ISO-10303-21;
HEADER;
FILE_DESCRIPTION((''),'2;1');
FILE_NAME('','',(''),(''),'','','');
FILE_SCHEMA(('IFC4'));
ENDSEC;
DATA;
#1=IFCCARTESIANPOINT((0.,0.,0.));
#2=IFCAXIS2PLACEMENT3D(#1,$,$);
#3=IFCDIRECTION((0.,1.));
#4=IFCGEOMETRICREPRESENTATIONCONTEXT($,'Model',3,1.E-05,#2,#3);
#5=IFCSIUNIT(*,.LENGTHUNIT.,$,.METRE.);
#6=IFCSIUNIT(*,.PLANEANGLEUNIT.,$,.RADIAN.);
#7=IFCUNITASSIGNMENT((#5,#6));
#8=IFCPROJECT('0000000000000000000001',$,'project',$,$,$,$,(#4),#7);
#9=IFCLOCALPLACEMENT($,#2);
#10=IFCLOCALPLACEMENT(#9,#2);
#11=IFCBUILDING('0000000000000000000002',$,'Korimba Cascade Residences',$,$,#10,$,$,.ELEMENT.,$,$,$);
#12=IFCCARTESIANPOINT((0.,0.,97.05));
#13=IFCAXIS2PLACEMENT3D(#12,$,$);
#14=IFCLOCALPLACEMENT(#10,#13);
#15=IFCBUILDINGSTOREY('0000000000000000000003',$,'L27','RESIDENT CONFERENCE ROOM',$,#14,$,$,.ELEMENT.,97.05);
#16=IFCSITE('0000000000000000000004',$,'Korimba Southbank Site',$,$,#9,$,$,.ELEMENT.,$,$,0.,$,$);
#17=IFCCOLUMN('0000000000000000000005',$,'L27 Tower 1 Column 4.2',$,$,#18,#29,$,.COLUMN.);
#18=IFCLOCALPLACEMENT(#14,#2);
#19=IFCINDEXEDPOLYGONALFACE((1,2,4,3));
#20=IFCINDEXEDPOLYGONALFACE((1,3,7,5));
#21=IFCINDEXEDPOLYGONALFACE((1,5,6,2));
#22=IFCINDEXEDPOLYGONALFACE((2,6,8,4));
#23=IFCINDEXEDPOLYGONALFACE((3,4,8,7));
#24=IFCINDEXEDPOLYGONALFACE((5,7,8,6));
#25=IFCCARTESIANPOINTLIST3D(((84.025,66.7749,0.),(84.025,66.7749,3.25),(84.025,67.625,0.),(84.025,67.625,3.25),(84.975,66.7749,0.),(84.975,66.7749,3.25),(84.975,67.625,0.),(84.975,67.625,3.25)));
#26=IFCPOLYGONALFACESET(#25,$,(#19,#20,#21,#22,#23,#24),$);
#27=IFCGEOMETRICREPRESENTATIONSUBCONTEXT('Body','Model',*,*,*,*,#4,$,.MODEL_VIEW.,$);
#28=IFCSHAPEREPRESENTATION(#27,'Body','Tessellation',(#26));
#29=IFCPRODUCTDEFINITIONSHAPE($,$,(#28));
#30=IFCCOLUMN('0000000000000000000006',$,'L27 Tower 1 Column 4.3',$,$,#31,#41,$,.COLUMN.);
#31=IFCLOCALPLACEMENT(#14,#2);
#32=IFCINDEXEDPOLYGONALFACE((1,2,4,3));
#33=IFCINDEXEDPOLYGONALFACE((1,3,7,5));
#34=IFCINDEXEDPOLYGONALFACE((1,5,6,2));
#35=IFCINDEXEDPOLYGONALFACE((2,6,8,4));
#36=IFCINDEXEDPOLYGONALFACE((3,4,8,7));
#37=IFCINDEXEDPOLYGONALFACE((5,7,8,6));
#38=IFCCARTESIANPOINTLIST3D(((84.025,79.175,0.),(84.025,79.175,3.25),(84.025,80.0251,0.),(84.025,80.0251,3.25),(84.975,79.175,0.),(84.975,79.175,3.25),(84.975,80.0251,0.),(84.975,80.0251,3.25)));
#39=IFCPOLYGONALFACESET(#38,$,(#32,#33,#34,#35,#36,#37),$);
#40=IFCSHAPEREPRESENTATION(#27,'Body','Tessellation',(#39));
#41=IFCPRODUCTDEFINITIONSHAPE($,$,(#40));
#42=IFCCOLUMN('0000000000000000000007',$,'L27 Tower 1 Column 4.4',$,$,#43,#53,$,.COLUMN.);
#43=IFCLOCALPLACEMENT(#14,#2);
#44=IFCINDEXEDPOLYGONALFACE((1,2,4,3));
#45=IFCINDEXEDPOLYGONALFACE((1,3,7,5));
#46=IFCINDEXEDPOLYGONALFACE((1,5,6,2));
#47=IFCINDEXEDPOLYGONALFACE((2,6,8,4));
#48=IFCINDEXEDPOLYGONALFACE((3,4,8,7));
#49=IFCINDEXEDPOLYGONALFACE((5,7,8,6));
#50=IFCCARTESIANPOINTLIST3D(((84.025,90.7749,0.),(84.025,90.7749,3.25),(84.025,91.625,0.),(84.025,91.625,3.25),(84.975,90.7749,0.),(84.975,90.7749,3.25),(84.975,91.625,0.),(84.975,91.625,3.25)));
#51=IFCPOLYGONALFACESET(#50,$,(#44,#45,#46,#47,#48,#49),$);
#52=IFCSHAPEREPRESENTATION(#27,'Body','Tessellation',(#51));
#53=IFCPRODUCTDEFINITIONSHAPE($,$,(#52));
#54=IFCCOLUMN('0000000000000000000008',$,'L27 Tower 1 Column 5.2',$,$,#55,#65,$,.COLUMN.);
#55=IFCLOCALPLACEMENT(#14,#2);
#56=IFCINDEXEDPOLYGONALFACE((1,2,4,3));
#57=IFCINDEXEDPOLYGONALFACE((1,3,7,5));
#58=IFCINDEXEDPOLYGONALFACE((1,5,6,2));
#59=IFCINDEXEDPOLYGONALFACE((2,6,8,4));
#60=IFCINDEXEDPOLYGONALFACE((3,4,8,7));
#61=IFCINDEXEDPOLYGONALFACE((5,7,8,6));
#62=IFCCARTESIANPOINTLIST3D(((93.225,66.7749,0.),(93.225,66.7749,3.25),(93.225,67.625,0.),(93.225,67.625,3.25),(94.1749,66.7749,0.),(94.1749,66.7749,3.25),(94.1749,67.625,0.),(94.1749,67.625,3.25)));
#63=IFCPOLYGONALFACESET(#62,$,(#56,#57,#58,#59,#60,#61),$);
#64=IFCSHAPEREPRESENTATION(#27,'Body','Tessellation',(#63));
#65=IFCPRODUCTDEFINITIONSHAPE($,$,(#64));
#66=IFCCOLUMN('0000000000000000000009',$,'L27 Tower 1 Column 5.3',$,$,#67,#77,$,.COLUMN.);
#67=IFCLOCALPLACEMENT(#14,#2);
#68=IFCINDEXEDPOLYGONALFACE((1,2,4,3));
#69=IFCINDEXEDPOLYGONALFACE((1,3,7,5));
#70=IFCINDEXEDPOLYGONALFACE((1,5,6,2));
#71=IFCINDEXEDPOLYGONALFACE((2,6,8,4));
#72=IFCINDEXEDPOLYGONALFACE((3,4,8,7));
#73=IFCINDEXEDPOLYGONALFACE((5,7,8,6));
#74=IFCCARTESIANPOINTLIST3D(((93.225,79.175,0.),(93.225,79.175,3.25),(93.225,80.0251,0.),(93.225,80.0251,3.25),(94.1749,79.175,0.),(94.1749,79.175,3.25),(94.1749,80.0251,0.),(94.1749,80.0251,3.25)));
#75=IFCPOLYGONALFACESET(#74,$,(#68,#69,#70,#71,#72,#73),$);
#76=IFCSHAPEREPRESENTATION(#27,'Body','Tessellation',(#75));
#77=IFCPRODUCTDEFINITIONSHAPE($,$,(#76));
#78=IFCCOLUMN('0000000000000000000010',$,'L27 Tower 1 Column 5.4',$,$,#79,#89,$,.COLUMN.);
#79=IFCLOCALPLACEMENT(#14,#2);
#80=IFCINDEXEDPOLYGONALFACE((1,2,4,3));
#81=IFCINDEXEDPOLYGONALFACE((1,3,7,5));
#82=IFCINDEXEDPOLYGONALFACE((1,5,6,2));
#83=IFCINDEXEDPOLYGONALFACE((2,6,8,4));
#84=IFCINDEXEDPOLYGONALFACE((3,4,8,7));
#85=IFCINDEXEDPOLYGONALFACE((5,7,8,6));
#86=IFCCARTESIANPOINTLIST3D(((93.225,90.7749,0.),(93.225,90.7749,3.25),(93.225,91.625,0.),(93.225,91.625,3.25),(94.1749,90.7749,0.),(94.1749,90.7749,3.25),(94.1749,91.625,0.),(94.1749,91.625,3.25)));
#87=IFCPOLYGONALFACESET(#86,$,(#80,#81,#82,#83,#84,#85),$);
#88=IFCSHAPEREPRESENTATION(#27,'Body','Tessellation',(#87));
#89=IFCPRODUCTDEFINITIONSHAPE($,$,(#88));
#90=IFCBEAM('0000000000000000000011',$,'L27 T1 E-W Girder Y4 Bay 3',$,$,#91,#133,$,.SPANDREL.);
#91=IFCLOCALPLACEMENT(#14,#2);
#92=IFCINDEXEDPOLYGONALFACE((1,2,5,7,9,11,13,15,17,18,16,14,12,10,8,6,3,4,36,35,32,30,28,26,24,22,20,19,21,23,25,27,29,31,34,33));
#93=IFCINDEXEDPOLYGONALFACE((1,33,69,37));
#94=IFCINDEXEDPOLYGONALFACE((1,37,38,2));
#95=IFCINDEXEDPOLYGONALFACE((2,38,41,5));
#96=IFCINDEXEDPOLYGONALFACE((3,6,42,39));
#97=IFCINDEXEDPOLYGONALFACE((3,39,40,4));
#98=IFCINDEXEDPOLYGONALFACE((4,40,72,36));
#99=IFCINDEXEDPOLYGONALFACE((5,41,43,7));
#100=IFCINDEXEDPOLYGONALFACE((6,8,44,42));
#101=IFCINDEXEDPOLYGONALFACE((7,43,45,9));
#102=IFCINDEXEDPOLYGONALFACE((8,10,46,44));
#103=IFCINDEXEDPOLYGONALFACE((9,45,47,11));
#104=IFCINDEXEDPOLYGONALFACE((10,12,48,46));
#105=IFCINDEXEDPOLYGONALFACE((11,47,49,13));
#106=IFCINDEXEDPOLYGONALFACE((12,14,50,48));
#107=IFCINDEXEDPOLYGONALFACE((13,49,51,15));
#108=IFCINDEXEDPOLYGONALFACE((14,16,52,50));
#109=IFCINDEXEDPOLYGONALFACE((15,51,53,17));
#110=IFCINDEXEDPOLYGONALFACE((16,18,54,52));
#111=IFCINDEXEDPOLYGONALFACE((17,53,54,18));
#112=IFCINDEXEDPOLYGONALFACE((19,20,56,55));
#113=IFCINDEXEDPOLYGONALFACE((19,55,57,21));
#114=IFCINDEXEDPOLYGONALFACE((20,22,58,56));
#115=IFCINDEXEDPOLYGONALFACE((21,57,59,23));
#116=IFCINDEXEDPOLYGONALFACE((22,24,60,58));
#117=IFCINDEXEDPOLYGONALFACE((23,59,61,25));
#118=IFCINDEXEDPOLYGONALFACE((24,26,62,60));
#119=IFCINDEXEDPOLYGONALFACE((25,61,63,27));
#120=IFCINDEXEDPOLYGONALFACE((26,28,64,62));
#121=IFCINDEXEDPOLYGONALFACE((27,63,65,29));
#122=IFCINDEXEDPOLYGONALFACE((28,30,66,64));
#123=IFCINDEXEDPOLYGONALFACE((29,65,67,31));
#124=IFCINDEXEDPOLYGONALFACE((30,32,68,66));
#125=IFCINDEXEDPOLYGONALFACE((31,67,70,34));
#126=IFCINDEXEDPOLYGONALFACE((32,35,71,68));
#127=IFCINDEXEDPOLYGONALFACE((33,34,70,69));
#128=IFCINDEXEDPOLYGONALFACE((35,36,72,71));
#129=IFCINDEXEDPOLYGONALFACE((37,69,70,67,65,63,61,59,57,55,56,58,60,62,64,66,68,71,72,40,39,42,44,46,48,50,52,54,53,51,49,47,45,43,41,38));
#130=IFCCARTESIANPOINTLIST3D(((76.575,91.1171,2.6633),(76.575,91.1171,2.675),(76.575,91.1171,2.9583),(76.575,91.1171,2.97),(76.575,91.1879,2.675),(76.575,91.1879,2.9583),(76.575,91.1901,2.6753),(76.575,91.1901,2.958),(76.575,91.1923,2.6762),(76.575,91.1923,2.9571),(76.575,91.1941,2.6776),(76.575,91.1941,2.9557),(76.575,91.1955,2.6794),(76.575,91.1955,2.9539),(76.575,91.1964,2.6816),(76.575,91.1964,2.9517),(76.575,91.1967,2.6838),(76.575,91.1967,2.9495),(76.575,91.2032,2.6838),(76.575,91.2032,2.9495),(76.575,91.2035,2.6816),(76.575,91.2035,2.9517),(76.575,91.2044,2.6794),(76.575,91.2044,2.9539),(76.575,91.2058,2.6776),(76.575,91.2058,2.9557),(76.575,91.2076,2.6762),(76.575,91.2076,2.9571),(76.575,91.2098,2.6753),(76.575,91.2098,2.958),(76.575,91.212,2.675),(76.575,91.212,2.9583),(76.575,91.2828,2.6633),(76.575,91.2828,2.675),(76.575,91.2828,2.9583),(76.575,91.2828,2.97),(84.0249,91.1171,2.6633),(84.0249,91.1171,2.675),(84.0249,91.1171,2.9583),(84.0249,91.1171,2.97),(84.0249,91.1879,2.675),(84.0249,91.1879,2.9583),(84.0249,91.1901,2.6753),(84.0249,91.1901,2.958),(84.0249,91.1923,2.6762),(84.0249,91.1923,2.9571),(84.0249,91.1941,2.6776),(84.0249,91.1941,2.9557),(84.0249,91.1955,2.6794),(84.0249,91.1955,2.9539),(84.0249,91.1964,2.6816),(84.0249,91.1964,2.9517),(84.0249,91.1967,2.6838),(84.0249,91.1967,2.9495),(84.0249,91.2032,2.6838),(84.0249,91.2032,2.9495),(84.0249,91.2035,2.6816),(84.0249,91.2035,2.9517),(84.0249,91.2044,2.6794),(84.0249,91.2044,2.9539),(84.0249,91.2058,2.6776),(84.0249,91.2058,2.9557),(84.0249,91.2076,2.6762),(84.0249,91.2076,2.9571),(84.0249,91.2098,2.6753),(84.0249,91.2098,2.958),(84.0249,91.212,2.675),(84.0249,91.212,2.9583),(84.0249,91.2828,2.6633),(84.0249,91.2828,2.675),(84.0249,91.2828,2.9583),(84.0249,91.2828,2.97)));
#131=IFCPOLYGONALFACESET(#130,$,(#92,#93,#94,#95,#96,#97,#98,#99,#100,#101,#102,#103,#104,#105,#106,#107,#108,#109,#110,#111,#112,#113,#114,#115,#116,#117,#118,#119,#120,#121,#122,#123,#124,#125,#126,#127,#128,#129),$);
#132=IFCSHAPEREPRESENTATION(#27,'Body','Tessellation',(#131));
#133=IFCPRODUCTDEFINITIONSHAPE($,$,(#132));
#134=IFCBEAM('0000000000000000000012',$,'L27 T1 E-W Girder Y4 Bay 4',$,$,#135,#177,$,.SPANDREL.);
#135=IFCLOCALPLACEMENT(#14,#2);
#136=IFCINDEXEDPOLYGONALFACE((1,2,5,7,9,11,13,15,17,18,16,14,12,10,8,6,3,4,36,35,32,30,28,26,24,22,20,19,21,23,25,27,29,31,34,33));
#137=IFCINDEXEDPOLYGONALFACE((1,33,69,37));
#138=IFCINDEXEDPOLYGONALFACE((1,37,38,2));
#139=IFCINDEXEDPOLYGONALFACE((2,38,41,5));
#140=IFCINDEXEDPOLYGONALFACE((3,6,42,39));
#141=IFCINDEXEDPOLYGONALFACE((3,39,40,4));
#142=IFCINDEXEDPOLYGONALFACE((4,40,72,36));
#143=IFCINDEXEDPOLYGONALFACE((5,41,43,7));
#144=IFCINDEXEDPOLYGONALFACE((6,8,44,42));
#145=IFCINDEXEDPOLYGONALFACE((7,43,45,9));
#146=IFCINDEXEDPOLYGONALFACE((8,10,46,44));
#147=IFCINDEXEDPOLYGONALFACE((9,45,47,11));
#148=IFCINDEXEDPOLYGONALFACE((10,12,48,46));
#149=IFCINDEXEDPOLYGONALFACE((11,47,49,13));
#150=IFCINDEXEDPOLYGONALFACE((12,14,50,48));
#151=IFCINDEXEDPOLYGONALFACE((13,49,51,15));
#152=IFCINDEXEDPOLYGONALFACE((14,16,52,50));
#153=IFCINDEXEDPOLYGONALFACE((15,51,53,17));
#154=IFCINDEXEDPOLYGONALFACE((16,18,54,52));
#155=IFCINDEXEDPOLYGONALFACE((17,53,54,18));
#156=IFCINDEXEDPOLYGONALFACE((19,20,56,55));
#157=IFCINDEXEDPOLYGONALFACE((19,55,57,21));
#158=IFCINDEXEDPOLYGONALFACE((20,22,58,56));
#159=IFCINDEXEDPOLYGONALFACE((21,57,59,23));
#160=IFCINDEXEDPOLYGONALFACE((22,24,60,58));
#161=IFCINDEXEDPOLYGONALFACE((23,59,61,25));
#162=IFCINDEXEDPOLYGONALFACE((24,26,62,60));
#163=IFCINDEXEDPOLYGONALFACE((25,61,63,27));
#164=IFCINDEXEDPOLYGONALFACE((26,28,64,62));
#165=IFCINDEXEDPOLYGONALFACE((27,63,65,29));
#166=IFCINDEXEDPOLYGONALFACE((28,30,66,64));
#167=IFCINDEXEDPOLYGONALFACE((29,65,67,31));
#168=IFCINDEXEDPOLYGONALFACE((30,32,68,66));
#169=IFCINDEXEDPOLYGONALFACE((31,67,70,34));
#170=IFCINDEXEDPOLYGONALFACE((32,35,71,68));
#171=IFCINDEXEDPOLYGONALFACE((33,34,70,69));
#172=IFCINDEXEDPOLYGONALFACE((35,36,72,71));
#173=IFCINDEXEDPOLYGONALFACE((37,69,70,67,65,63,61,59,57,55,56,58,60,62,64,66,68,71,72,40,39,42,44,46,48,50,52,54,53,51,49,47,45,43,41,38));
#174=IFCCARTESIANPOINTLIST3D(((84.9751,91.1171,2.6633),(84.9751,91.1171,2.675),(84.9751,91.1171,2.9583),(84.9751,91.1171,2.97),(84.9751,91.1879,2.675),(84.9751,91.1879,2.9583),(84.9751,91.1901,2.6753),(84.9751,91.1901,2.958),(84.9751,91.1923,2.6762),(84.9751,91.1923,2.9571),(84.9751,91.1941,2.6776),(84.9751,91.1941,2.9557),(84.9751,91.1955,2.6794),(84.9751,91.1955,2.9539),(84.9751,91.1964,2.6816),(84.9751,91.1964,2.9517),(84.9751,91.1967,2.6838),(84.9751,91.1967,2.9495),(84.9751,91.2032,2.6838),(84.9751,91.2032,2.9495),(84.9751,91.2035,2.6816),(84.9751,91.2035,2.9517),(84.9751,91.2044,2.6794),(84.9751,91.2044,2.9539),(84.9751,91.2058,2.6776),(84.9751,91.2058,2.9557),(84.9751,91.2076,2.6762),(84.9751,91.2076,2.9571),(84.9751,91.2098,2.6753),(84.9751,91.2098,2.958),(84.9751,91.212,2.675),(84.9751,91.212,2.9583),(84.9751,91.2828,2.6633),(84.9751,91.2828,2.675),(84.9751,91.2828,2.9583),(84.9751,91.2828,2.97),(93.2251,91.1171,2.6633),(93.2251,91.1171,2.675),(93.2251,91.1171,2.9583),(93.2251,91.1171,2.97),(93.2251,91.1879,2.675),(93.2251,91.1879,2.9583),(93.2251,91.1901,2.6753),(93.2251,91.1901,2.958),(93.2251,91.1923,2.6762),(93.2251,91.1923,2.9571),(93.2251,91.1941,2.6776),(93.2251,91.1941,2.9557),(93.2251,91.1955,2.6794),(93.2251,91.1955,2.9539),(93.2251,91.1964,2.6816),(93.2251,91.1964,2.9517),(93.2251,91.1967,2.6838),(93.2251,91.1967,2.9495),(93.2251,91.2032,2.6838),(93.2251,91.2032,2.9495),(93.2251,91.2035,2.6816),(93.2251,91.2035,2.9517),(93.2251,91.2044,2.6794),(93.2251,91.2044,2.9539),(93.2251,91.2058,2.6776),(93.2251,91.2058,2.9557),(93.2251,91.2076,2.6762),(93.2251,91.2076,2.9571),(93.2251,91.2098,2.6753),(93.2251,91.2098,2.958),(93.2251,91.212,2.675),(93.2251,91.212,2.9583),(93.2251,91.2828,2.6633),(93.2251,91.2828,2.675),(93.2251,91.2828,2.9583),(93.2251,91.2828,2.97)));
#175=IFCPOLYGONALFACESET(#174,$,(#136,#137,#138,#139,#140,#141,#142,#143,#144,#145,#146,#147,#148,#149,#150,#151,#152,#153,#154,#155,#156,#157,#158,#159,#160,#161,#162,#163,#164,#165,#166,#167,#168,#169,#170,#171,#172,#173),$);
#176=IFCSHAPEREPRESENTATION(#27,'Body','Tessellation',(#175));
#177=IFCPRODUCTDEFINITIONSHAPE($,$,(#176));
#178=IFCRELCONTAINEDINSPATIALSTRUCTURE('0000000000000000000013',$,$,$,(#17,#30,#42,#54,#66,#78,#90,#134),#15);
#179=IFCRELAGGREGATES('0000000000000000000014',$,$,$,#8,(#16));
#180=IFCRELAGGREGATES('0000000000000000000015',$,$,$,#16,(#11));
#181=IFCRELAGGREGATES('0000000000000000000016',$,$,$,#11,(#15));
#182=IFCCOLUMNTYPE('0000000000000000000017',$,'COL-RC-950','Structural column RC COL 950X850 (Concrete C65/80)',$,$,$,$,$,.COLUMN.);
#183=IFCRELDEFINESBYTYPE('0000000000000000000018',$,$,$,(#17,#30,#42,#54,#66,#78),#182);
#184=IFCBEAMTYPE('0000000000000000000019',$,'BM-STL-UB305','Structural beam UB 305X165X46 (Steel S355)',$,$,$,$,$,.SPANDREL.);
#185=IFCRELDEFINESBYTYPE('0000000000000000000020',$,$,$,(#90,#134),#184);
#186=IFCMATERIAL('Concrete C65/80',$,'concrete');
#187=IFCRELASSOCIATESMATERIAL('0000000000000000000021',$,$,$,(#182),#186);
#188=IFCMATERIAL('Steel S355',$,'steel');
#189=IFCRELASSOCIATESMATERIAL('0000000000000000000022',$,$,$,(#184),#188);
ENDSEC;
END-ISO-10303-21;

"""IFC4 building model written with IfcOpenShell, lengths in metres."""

from ifc_helpers import new_model, si_unit, direction, frame, origin, origin_2d, place, context, subcontext, project, spatial, rectangle, i_section, extrude, material, material_profile, profile_set, type_object, element, save


model = new_model("IFC4")

# Units and contexts
model_context = context("Model", 3, precision=1e-05, world=origin(), true_north=direction((0.0, 1.0)))
body_context = subcontext(model_context, "Body", "Model", "MODEL_VIEW")
ifc_project = project(units=[si_unit("LENGTHUNIT", "METRE"), si_unit("PLANEANGLEUNIT", "RADIAN")], contexts=[model_context])

# Site, building, storey
site_placement = place(None, origin())
site = spatial("IfcSite", under=ifc_project, at=site_placement, Name="Korimba Southbank Site", CompositionType="ELEMENT", RefElevation=0.0)
building_placement = place(site_placement, origin())
building = spatial("IfcBuilding", under=site, at=building_placement, Name="Korimba Cascade Residences", CompositionType="ELEMENT")
storey_placement = place(building_placement, frame((0.0, 0.0, 97.05)))
storey = spatial("IfcBuildingStorey", under=building, at=storey_placement, Name="L27", Description="RESIDENT CONFERENCE ROOM", CompositionType="ELEMENT", Elevation=97.05)

# Columns
ifc_material_1 = material(Name="Concrete C65/80", Category="concrete")
ifc_material_profile_1 = material_profile(ifc_material_1, rectangle(XDim=0.95, YDim=0.8501, at=origin_2d()), Name="Concrete C65/80")
ifc_profile_set_1 = profile_set([ifc_material_profile_1], Name="Concrete C65/80")
column_type = type_object("IfcColumnType", Name="COL-RC-950", Description="Structural column RC COL 950X850 (Concrete C65/80)", PredefinedType="COLUMN", material=ifc_profile_set_1)
for number, where, z_axis, x_axis, name in (
    (1, (84.5, 67.2, 0.0), (0.0, 0.0, 1.0), (1.0, 0.0, 0.0), "L27 Tower 1 Column 4.2"),
    (2, (84.5, 79.6001, 0.0), (0.0, 0.0, 1.0), (1.0, 0.0, 0.0), "L27 Tower 1 Column 4.3"),
    (3, (84.5, 91.2, 0.0), (0.0, 0.0, 1.0), (1.0, 0.0, 0.0), "L27 Tower 1 Column 4.4"),
    (4, (93.7, 67.2, 0.0), (0.0, 0.0, 1.0), (1.0, 0.0, 0.0), "L27 Tower 1 Column 5.2"),
    (5, (93.7, 79.6001, 0.0), (0.0, 0.0, 1.0), (1.0, 0.0, 0.0), "L27 Tower 1 Column 5.3"),
    (6, (93.7, 91.2, 0.0), (0.0, 0.0, 1.0), (1.0, 0.0, 0.0), "L27 Tower 1 Column 5.4"),
):
    element("IfcColumn", number, at=place(storey_placement, frame(where, z_axis=z_axis, x_axis=x_axis)), inside=storey, type_object=column_type, Name=name, PredefinedType="COLUMN", context=body_context, shape_type="SweptSolid", body=[
        extrude(rectangle(XDim=0.95, YDim=0.8501, at=origin_2d()), origin(), (0.0, 0.0, 1.0), 3.25),
    ])

# Beams
ifc_material_2 = material(Name="Steel S355", Category="steel")
ifc_material_profile_2 = material_profile(ifc_material_2, i_section(OverallWidth=0.1658, OverallDepth=0.3066, WebThickness=0.0066, FlangeThickness=0.0117, FilletRadius=0.0088, at=origin_2d()), Name="Steel S355")
ifc_profile_set_2 = profile_set([ifc_material_profile_2], Name="Steel S355")
beam_type_1 = type_object("IfcBeamType", Name="BM-STL-UB305", Description="Structural beam UB 305X165X46 (Steel S355)", PredefinedType="SPANDREL", material=ifc_profile_set_2)
beam_1_placement = place(storey_placement, frame((76.575, 91.2, 2.8167), z_axis=(1.0, 0.0, 0.0), x_axis=(0.0, 1.0, 0.0)))
element("IfcBeam", 7, at=beam_1_placement, inside=storey, type_object=beam_type_1, Name="L27 T1 E-W Girder Y4 Bay 3", PredefinedType="SPANDREL", context=body_context, shape_type="SweptSolid", body=[
    extrude(i_section(OverallWidth=0.1658, OverallDepth=0.3066, WebThickness=0.0066, FlangeThickness=0.0117, FilletRadius=0.0088, at=origin_2d()), origin(), (0.0, 0.0, 1.0), 7.45),
])
for number, where, z_axis, x_axis, name in (
    (8, (84.9751, 91.2, 2.8167), (1.0, 0.0, 0.0), (0.0, 1.0, 0.0), "L27 T1 E-W Girder Y4 Bay 4"),
):
    element("IfcBeam", number, at=place(storey_placement, frame(where, z_axis=z_axis, x_axis=x_axis)), inside=storey, type_object=beam_type_1, Name=name, PredefinedType="SPANDREL", context=body_context, shape_type="SweptSolid", body=[
        extrude(i_section(OverallWidth=0.1658, OverallDepth=0.3066, WebThickness=0.0066, FlangeThickness=0.0117, FilletRadius=0.0088, at=origin_2d()), origin(), (0.0, 0.0, 1.0), 8.25),
    ])

save(model, "model.ifc")
